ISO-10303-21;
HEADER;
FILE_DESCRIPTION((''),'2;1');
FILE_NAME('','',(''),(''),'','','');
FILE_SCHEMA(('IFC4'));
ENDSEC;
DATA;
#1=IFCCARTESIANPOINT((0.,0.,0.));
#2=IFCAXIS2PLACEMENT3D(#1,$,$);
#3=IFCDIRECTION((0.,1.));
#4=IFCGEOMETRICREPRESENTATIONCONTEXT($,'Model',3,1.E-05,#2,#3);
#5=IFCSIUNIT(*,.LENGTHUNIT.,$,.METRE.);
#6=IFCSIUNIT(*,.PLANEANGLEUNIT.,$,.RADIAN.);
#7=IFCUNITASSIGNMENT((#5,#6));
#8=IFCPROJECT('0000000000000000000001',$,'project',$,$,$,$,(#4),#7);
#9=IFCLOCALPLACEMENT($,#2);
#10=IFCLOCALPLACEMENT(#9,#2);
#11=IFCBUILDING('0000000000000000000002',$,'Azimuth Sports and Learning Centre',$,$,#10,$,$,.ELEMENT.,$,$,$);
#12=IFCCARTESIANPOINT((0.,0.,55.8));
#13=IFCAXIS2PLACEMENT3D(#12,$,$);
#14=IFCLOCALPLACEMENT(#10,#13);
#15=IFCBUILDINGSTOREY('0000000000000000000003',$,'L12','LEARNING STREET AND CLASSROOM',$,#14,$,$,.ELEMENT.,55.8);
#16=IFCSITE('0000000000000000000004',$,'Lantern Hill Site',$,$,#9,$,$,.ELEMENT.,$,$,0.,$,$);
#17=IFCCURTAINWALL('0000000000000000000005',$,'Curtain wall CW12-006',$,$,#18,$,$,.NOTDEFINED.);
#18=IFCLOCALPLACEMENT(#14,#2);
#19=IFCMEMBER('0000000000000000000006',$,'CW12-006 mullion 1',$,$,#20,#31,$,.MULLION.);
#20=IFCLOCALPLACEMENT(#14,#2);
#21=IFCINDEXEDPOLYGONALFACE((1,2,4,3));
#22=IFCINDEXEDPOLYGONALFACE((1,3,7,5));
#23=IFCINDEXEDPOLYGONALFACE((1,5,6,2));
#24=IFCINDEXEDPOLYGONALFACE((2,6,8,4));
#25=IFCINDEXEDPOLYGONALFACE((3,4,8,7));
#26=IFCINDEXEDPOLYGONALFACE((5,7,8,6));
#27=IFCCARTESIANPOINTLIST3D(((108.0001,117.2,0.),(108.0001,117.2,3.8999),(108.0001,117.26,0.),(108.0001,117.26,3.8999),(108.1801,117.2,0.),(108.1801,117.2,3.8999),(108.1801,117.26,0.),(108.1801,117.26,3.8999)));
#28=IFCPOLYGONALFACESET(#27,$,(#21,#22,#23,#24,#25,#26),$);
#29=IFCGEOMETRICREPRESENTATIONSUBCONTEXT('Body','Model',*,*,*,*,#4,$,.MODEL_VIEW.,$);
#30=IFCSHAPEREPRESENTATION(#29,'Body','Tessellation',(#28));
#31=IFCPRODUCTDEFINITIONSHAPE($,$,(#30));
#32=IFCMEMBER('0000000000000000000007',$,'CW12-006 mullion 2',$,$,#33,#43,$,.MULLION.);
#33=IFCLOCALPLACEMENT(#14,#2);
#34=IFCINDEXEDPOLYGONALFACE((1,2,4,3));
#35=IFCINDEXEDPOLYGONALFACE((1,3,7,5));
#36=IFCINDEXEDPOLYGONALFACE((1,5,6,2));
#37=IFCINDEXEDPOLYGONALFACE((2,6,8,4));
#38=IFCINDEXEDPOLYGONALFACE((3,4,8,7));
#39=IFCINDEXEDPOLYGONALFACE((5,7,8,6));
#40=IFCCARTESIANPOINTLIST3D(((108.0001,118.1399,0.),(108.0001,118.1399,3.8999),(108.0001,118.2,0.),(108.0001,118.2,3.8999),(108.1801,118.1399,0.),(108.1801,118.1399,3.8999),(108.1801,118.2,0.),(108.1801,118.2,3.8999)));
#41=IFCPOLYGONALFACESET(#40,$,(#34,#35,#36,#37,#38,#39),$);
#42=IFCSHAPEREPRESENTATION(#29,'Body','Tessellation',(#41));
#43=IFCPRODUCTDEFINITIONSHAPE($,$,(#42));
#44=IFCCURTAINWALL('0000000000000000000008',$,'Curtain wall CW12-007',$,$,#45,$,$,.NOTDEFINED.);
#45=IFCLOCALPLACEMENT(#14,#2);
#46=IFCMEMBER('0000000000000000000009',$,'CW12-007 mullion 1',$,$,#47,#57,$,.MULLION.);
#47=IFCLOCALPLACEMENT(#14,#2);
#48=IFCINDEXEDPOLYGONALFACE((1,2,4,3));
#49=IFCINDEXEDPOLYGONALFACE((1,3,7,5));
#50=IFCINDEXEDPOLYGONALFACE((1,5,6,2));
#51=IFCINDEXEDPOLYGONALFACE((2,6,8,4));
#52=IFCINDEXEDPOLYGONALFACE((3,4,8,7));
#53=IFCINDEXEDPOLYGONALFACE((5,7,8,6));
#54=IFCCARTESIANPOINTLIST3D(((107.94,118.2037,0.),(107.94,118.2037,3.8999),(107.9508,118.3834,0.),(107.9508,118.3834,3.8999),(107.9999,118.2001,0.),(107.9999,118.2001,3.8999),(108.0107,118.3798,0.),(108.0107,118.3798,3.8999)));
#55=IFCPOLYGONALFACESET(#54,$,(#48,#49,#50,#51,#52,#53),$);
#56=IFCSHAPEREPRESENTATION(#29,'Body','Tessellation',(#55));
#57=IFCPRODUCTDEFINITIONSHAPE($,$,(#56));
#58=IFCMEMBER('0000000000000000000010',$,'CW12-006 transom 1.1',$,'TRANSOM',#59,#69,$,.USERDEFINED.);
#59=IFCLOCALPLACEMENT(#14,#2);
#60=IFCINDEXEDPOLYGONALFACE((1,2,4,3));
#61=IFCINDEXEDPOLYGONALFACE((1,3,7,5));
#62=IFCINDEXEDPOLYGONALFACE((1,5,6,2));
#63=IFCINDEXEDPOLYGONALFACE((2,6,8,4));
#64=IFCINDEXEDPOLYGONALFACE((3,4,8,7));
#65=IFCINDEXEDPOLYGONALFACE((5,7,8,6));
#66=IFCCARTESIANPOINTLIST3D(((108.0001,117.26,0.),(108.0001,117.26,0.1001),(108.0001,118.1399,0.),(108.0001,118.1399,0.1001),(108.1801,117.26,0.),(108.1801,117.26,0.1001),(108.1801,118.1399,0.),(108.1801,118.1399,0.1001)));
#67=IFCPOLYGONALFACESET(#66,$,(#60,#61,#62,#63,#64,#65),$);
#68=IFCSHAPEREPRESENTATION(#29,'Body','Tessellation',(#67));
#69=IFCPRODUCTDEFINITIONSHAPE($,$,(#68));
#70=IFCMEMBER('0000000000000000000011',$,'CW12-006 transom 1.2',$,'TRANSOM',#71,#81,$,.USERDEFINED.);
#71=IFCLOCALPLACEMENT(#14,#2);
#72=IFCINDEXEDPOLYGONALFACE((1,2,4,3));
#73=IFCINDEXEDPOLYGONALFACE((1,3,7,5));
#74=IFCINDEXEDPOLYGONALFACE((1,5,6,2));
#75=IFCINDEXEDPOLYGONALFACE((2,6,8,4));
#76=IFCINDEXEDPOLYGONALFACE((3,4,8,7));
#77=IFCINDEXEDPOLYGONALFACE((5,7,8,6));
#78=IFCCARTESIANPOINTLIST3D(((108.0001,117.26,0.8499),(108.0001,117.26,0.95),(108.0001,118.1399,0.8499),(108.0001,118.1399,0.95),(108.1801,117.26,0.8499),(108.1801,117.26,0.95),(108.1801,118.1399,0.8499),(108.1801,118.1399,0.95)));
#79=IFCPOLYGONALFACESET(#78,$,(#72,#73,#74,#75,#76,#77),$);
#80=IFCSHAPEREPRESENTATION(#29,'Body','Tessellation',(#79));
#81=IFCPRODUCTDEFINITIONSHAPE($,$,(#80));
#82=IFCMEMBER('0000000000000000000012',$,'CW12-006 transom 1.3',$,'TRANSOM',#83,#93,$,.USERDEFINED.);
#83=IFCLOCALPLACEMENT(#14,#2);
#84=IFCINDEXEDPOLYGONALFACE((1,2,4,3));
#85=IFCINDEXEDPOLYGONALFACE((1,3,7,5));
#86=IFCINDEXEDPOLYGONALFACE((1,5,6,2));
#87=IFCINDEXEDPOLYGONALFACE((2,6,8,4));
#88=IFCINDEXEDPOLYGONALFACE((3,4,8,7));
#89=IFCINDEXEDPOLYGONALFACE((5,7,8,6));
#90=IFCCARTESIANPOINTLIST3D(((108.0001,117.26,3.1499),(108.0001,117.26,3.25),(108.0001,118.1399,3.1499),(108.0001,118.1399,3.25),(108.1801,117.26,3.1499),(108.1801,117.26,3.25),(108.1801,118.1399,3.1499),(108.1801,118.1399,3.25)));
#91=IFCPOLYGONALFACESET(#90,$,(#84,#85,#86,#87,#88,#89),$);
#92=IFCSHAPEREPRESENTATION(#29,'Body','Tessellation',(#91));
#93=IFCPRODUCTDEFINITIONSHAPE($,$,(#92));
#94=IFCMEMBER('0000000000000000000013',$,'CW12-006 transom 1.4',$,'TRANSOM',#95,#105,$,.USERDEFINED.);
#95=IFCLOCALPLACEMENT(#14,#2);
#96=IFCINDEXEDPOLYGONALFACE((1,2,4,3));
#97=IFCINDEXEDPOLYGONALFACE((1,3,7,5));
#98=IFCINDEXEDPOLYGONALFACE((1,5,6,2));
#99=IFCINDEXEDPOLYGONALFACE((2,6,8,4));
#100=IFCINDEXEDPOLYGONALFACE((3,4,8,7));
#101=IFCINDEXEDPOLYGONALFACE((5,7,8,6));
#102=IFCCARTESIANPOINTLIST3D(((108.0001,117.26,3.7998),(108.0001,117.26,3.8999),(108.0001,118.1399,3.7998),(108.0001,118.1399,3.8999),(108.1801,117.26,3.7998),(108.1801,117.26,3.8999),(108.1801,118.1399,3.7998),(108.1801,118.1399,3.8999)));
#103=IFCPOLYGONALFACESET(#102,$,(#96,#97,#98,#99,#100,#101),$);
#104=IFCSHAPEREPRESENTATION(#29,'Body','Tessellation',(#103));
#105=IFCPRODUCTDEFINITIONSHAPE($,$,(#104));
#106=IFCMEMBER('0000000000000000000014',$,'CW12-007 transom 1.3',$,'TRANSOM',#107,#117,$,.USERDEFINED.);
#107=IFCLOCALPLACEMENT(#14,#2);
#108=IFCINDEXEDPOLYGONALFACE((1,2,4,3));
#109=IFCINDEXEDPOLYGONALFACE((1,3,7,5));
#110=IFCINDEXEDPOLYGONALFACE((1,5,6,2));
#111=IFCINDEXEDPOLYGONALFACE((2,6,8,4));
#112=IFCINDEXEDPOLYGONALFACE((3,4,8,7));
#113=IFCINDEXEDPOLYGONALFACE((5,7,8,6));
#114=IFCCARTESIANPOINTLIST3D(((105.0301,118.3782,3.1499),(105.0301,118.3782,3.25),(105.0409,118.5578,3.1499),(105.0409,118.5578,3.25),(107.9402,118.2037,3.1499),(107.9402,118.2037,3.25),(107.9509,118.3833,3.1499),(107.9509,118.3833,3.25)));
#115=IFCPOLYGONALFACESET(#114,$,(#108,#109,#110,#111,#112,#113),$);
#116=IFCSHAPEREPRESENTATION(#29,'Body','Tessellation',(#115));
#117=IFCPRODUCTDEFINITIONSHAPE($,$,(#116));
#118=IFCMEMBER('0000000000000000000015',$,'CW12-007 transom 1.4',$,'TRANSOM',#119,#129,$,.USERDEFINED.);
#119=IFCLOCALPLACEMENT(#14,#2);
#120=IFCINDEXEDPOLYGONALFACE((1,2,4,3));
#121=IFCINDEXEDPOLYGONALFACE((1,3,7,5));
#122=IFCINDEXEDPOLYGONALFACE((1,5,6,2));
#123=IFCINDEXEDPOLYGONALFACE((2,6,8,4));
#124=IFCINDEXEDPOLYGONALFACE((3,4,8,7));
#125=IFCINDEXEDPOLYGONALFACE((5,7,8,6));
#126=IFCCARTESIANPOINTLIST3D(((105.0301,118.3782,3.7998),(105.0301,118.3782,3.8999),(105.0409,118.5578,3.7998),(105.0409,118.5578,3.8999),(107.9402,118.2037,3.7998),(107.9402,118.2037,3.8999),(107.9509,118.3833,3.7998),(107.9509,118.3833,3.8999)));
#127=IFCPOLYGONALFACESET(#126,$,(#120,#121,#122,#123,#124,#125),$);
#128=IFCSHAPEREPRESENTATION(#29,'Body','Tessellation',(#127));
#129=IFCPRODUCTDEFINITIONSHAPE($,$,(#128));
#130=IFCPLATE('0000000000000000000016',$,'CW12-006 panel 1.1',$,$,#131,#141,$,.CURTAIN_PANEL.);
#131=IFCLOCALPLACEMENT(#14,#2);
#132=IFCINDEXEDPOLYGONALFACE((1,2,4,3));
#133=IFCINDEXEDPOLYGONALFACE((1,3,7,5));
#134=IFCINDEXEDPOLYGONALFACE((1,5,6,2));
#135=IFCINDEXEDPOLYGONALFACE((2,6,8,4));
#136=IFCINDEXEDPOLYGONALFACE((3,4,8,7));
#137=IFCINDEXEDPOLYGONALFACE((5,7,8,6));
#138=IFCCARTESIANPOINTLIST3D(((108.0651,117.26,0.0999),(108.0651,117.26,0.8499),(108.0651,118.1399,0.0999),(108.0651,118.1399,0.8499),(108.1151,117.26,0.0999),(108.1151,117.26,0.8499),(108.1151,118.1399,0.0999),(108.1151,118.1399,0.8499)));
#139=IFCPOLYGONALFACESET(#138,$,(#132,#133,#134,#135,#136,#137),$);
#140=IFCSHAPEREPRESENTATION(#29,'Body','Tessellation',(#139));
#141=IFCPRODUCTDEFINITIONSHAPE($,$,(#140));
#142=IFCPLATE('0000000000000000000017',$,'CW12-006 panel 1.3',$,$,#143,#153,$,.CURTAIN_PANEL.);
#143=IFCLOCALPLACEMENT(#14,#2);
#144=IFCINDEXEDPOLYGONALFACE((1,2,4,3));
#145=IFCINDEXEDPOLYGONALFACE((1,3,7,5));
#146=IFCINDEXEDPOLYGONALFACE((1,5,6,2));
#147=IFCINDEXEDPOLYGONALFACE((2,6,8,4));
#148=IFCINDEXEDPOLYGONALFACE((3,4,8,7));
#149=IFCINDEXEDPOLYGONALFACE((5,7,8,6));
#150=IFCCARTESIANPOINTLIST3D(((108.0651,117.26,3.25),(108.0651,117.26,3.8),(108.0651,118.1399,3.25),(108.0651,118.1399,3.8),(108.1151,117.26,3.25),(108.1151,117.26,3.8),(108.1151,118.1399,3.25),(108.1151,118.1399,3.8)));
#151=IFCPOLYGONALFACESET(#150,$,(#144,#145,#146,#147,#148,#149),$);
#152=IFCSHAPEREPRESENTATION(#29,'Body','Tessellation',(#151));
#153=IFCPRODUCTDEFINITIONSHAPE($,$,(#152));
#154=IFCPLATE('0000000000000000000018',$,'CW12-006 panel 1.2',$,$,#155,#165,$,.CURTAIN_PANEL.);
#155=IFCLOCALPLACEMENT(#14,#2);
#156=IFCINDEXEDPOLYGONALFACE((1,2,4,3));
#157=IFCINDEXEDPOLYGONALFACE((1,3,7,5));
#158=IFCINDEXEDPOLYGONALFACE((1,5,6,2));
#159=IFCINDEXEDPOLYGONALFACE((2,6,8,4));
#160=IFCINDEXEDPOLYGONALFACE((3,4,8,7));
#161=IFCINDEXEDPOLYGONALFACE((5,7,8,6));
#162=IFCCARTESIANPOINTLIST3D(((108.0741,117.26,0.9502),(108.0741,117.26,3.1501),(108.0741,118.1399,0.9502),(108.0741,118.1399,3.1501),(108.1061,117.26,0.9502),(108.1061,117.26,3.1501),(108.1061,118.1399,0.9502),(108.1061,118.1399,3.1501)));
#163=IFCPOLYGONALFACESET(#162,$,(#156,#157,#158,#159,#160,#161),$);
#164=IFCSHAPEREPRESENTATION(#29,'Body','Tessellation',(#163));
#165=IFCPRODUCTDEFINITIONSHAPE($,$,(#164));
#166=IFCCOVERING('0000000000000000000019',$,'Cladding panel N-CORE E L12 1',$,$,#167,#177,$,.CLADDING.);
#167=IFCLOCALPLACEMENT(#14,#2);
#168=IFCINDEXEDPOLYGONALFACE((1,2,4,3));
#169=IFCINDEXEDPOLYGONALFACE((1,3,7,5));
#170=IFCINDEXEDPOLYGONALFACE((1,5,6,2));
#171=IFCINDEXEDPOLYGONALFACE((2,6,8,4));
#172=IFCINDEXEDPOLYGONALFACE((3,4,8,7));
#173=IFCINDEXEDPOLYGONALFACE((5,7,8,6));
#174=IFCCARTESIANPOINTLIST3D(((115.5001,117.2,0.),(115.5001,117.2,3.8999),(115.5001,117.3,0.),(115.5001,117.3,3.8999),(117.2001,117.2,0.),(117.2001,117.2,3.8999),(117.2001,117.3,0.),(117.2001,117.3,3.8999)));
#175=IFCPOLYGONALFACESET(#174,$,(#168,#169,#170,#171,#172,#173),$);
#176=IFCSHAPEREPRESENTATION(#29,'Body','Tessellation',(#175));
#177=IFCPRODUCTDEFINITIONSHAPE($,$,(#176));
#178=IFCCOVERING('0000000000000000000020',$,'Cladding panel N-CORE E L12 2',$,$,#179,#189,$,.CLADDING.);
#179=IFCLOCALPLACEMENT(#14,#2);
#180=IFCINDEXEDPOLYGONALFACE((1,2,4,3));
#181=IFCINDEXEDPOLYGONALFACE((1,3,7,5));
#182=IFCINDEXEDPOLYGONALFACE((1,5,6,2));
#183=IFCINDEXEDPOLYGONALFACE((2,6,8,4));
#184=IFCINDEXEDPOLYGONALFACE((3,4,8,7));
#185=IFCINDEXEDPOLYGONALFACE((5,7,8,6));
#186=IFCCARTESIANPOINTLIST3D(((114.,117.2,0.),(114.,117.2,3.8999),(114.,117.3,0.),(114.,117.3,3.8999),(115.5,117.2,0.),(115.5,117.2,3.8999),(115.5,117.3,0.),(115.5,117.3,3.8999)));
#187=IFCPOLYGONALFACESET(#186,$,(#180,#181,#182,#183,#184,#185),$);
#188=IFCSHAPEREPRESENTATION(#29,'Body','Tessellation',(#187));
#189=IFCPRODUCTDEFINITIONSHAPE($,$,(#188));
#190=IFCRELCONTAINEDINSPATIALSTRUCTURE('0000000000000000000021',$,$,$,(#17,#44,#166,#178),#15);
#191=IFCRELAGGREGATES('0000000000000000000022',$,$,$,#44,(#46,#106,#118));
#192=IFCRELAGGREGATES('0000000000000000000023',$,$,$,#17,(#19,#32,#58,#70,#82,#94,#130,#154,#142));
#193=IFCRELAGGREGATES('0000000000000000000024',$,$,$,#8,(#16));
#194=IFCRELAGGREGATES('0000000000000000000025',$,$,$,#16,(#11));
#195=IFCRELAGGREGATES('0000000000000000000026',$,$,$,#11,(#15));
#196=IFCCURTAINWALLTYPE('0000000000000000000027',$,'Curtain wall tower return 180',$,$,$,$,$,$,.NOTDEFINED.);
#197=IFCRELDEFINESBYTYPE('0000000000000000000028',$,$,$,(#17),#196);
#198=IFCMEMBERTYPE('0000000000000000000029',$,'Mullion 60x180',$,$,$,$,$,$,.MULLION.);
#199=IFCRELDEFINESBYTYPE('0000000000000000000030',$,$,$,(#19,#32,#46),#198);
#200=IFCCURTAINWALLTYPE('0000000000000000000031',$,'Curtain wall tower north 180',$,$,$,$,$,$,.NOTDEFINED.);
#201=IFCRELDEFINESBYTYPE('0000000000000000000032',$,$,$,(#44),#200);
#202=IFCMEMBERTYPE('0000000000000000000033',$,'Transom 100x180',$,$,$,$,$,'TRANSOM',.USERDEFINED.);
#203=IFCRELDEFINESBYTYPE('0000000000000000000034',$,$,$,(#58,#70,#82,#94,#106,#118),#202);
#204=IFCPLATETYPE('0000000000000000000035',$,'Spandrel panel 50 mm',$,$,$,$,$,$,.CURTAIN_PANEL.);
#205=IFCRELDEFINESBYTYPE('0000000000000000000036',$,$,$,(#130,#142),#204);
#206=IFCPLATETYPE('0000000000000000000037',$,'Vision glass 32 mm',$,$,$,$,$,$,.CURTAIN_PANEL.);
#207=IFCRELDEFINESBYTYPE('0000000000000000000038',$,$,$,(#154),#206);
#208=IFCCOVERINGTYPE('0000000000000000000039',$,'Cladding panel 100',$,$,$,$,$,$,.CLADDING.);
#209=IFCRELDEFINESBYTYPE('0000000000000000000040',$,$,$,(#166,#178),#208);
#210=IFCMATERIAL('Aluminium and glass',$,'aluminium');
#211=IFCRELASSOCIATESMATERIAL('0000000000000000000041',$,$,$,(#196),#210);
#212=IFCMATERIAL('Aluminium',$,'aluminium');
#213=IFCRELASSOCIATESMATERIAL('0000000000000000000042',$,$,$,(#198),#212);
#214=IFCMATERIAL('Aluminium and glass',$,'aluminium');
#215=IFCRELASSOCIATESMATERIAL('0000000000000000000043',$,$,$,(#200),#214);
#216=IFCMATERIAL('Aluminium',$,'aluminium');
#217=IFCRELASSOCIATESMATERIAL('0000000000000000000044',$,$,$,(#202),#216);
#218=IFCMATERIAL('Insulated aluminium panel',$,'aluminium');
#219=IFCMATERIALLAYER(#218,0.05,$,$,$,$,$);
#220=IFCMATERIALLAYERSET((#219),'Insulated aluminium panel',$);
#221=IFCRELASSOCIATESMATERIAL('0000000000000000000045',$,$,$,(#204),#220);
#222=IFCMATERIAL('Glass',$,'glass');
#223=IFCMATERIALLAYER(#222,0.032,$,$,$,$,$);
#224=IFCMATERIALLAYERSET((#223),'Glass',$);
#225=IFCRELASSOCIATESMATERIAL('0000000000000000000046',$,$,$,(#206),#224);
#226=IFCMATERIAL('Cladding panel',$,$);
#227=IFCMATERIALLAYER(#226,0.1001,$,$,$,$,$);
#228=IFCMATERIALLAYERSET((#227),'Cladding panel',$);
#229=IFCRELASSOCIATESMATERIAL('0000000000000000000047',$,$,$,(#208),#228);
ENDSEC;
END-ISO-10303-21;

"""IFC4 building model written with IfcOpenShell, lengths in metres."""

from ifc_helpers import new_model, si_unit, direction, frame, origin, origin_2d, place, context, subcontext, project, spatial, rectangle, extrude, material, layer, layer_set, material_profile, profile_set, type_object, element, aggregate, save


model = new_model("IFC4")

# Units and contexts
model_context = context("Model", 3, precision=1e-05, world=origin(), true_north=direction((0.0, 1.0)))
body_context = subcontext(model_context, "Body", "Model", "MODEL_VIEW")
ifc_project = project(units=[si_unit("LENGTHUNIT", "METRE"), si_unit("PLANEANGLEUNIT", "RADIAN")], contexts=[model_context])

# Site, building, storey
site_placement = place(None, origin())
site = spatial("IfcSite", under=ifc_project, at=site_placement, Name="Lantern Hill Site", CompositionType="ELEMENT", RefElevation=0.0)
building_placement = place(site_placement, origin())
building = spatial("IfcBuilding", under=site, at=building_placement, Name="Azimuth Sports and Learning Centre", CompositionType="ELEMENT")
storey_placement = place(building_placement, frame((0.0, 0.0, 55.8)))
storey = spatial("IfcBuildingStorey", under=building, at=storey_placement, Name="L12", Description="LEARNING STREET AND CLASSROOM", CompositionType="ELEMENT", Elevation=55.8)

# Curtain wall, members
ifc_material_1 = material(Name="Aluminium and glass", Category="aluminium")
curtain_wall_type_1 = type_object("IfcCurtainWallType", Name="Curtain wall tower return 180", PredefinedType="NOTDEFINED", material=ifc_material_1)
curtain_wall_1_placement = place(storey_placement, origin())
curtain_wall_1 = element("IfcCurtainWall", 1, at=curtain_wall_1_placement, inside=storey, type_object=curtain_wall_type_1, Name="Curtain wall CW12-006", PredefinedType="NOTDEFINED")
ifc_material_2 = material(Name="Aluminium", Category="aluminium")
ifc_material_profile_1 = material_profile(ifc_material_2, rectangle(XDim=0.1799, YDim=0.0601, at=origin_2d()), Name="Mullion 60x180")
ifc_profile_set_1 = profile_set([ifc_material_profile_1], Name="Aluminium")
member_type_1 = type_object("IfcMemberType", Name="Mullion 60x180", PredefinedType="MULLION", material=ifc_profile_set_1)
member_1_placement = place(storey_placement, frame((108.0901, 117.23, 0.0), z_axis=(0.0, 0.0, 1.0), x_axis=(-1.0, 0.0, 0.0)))
member_1 = element("IfcMember", 2, at=member_1_placement, type_object=member_type_1, Name="CW12-006 mullion 1", PredefinedType="MULLION", context=body_context, shape_type="SweptSolid", body=[
    extrude(rectangle(XDim=0.1799, YDim=0.0601, at=origin_2d()), origin(), (0.0, 0.0, 1.0), 3.8999),
])
member_2_placement = place(storey_placement, frame((108.0901, 118.1699, 0.0), z_axis=(0.0, 0.0, 1.0), x_axis=(-1.0, 0.0, 0.0)))
member_2 = element("IfcMember", 3, at=member_2_placement, type_object=member_type_1, Name="CW12-006 mullion 2", PredefinedType="MULLION", context=body_context, shape_type="SweptSolid", body=[
    extrude(rectangle(XDim=0.1799, YDim=0.0601, at=origin_2d()), origin(), (0.0, 0.0, 1.0), 3.8999),
])

# Curtain wall, member
ifc_material_3 = material(Name="Aluminium and glass", Category="aluminium")
curtain_wall_type_2 = type_object("IfcCurtainWallType", Name="Curtain wall tower north 180", PredefinedType="NOTDEFINED", material=ifc_material_3)
curtain_wall_2_placement = place(storey_placement, origin())
curtain_wall_2 = element("IfcCurtainWall", 4, at=curtain_wall_2_placement, inside=storey, type_object=curtain_wall_type_2, Name="Curtain wall CW12-007", PredefinedType="NOTDEFINED")
member_3_placement = place(storey_placement, frame((107.9753, 118.2917, 0.0), z_axis=(0.0, 0.0, 1.0), x_axis=(-0.059892, -0.998205, 0.0)))
member_3 = element("IfcMember", 5, at=member_3_placement, type_object=member_type_1, Name="CW12-007 mullion 1", PredefinedType="MULLION", context=body_context, shape_type="SweptSolid", body=[
    extrude(rectangle(XDim=0.1799, YDim=0.0601, at=origin_2d()), origin(), (0.0, 0.0, 1.0), 3.8999),
])

# Members
ifc_material_4 = material(Name="Aluminium", Category="aluminium")
ifc_material_profile_2 = material_profile(ifc_material_4, rectangle(XDim=0.1799, YDim=0.1001, at=origin_2d()), Name="Transom 100x180")
ifc_profile_set_2 = profile_set([ifc_material_profile_2], Name="Aluminium")
member_type_2 = type_object("IfcMemberType", Name="Transom 100x180", ElementType="TRANSOM", PredefinedType="USERDEFINED", material=ifc_profile_set_2)
member_4_placement = place(storey_placement, frame((108.0901, 117.26, 0.05), z_axis=(0.0, 1.0, 0.0), x_axis=(-1.0, 0.0, 0.0)))
member_4 = element("IfcMember", 6, at=member_4_placement, type_object=member_type_2, Name="CW12-006 transom 1.1", ObjectType="TRANSOM", PredefinedType="USERDEFINED", context=body_context, shape_type="SweptSolid", body=[
    extrude(rectangle(XDim=0.1799, YDim=0.1001, at=origin_2d()), origin(), (0.0, 0.0, 1.0), 0.8799),
])
member_5_placement = place(storey_placement, frame((108.0901, 117.26, 0.8999), z_axis=(0.0, 1.0, 0.0), x_axis=(-1.0, 0.0, 0.0)))
member_5 = element("IfcMember", 7, at=member_5_placement, type_object=member_type_2, Name="CW12-006 transom 1.2", ObjectType="TRANSOM", PredefinedType="USERDEFINED", context=body_context, shape_type="SweptSolid", body=[
    extrude(rectangle(XDim=0.1799, YDim=0.1001, at=origin_2d()), origin(), (0.0, 0.0, 1.0), 0.8799),
])
member_6_placement = place(storey_placement, frame((108.0901, 117.26, 3.2), z_axis=(0.0, 1.0, 0.0), x_axis=(-1.0, 0.0, 0.0)))
member_6 = element("IfcMember", 8, at=member_6_placement, type_object=member_type_2, Name="CW12-006 transom 1.3", ObjectType="TRANSOM", PredefinedType="USERDEFINED", context=body_context, shape_type="SweptSolid", body=[
    extrude(rectangle(XDim=0.1799, YDim=0.1001, at=origin_2d()), origin(), (0.0, 0.0, 1.0), 0.8799),
])
member_7_placement = place(storey_placement, frame((108.0901, 117.26, 3.8499), z_axis=(0.0, 1.0, 0.0), x_axis=(-1.0, 0.0, 0.0)))
member_7 = element("IfcMember", 9, at=member_7_placement, type_object=member_type_2, Name="CW12-006 transom 1.4", ObjectType="TRANSOM", PredefinedType="USERDEFINED", context=body_context, shape_type="SweptSolid", body=[
    extrude(rectangle(XDim=0.1799, YDim=0.1001, at=origin_2d()), origin(), (0.0, 0.0, 1.0), 0.8799),
])
member_8_placement = place(storey_placement, frame((107.9456, 118.2935, 3.2), z_axis=(-0.998206, 0.059876, 0.0), x_axis=(-0.059876, -0.998206, 0.0)))
member_8 = element("IfcMember", 10, at=member_8_placement, type_object=member_type_2, Name="CW12-007 transom 1.3", ObjectType="TRANSOM", PredefinedType="USERDEFINED", context=body_context, shape_type="SweptSolid", body=[
    extrude(rectangle(XDim=0.1799, YDim=0.1001, at=origin_2d()), origin(), (0.0, 0.0, 1.0), 2.9153),
])
member_9_placement = place(storey_placement, frame((107.9456, 118.2935, 3.8499), z_axis=(-0.998206, 0.059876, 0.0), x_axis=(-0.059876, -0.998206, 0.0)))
member_9 = element("IfcMember", 11, at=member_9_placement, type_object=member_type_2, Name="CW12-007 transom 1.4", ObjectType="TRANSOM", PredefinedType="USERDEFINED", context=body_context, shape_type="SweptSolid", body=[
    extrude(rectangle(XDim=0.1799, YDim=0.1001, at=origin_2d()), origin(), (0.0, 0.0, 1.0), 2.9153),
])
aggregate(curtain_wall_2, [member_3, member_8, member_9])

# Plates
ifc_material_5 = material(Name="Insulated aluminium panel", Category="aluminium")
ifc_layer_1 = layer(ifc_material_5, 0.05)
ifc_layer_set_1 = layer_set([ifc_layer_1], Name="Insulated aluminium panel")
plate_type_1 = type_object("IfcPlateType", Name="Spandrel panel 50 mm", PredefinedType="CURTAIN_PANEL", material=ifc_layer_set_1)
plate_1_placement = place(storey_placement, frame((108.0901, 117.7, 0.0999), z_axis=(0.0, 0.0, 1.0), x_axis=(0.0, 1.0, 0.0)))
plate_1 = element("IfcPlate", 12, at=plate_1_placement, type_object=plate_type_1, Name="CW12-006 panel 1.1", PredefinedType="CURTAIN_PANEL", context=body_context, shape_type="SweptSolid", body=[
    extrude(rectangle(XDim=0.8799, YDim=0.05, at=origin_2d()), origin(), (0.0, 0.0, 1.0), 0.75),
])
plate_2_placement = place(storey_placement, frame((108.0901, 117.7, 3.25), z_axis=(0.0, 0.0, 1.0), x_axis=(0.0, 1.0, 0.0)))
plate_2 = element("IfcPlate", 13, at=plate_2_placement, type_object=plate_type_1, Name="CW12-006 panel 1.3", PredefinedType="CURTAIN_PANEL", context=body_context, shape_type="SweptSolid", body=[
    extrude(rectangle(XDim=0.8799, YDim=0.05, at=origin_2d()), origin(), (0.0, 0.0, 1.0), 0.55),
])
ifc_material_6 = material(Name="Glass", Category="glass")
ifc_layer_2 = layer(ifc_material_6, 0.032)
ifc_layer_set_2 = layer_set([ifc_layer_2], Name="Glass")
plate_type_2 = type_object("IfcPlateType", Name="Vision glass 32 mm", PredefinedType="CURTAIN_PANEL", material=ifc_layer_set_2)
plate_3_placement = place(storey_placement, frame((108.0901, 117.7, 0.9502), z_axis=(0.0, 0.0, 1.0), x_axis=(0.0, 1.0, 0.0)))
plate_3 = element("IfcPlate", 14, at=plate_3_placement, type_object=plate_type_2, Name="CW12-006 panel 1.2", PredefinedType="CURTAIN_PANEL", context=body_context, shape_type="SweptSolid", body=[
    extrude(rectangle(XDim=0.8799, YDim=0.032, at=origin_2d()), origin(), (0.0, 0.0, 1.0), 2.2),
])
aggregate(curtain_wall_1, [member_1, member_2, member_4, member_5, member_6, member_7, plate_1, plate_3, plate_2])

# Coverings
ifc_material_7 = material(Name="Cladding panel")
ifc_layer_3 = layer(ifc_material_7, 0.1001)
ifc_layer_set_3 = layer_set([ifc_layer_3], Name="Cladding panel")
covering_type = type_object("IfcCoveringType", Name="Cladding panel 100", PredefinedType="CLADDING", material=ifc_layer_set_3)
covering_1_placement = place(storey_placement, frame((116.3501, 117.25, 0.0), z_axis=(0.0, 0.0, 1.0), x_axis=(-1.0, 0.0, 0.0)))
element("IfcCovering", 15, at=covering_1_placement, inside=storey, type_object=covering_type, Name="Cladding panel N-CORE E L12 1", PredefinedType="CLADDING", context=body_context, shape_type="SweptSolid", body=[
    extrude(rectangle(XDim=1.7, YDim=0.1001, at=origin_2d()), origin(), (0.0, 0.0, 1.0), 3.8999),
])
covering_2_placement = place(storey_placement, frame((114.75, 117.25, 0.0), z_axis=(0.0, 0.0, 1.0), x_axis=(-1.0, 0.0, 0.0)))
element("IfcCovering", 16, at=covering_2_placement, inside=storey, type_object=covering_type, Name="Cladding panel N-CORE E L12 2", PredefinedType="CLADDING", context=body_context, shape_type="SweptSolid", body=[
    extrude(rectangle(XDim=1.5, YDim=0.1001, at=origin_2d()), origin(), (0.0, 0.0, 1.0), 3.8999),
])

save(model, "model.ifc")
